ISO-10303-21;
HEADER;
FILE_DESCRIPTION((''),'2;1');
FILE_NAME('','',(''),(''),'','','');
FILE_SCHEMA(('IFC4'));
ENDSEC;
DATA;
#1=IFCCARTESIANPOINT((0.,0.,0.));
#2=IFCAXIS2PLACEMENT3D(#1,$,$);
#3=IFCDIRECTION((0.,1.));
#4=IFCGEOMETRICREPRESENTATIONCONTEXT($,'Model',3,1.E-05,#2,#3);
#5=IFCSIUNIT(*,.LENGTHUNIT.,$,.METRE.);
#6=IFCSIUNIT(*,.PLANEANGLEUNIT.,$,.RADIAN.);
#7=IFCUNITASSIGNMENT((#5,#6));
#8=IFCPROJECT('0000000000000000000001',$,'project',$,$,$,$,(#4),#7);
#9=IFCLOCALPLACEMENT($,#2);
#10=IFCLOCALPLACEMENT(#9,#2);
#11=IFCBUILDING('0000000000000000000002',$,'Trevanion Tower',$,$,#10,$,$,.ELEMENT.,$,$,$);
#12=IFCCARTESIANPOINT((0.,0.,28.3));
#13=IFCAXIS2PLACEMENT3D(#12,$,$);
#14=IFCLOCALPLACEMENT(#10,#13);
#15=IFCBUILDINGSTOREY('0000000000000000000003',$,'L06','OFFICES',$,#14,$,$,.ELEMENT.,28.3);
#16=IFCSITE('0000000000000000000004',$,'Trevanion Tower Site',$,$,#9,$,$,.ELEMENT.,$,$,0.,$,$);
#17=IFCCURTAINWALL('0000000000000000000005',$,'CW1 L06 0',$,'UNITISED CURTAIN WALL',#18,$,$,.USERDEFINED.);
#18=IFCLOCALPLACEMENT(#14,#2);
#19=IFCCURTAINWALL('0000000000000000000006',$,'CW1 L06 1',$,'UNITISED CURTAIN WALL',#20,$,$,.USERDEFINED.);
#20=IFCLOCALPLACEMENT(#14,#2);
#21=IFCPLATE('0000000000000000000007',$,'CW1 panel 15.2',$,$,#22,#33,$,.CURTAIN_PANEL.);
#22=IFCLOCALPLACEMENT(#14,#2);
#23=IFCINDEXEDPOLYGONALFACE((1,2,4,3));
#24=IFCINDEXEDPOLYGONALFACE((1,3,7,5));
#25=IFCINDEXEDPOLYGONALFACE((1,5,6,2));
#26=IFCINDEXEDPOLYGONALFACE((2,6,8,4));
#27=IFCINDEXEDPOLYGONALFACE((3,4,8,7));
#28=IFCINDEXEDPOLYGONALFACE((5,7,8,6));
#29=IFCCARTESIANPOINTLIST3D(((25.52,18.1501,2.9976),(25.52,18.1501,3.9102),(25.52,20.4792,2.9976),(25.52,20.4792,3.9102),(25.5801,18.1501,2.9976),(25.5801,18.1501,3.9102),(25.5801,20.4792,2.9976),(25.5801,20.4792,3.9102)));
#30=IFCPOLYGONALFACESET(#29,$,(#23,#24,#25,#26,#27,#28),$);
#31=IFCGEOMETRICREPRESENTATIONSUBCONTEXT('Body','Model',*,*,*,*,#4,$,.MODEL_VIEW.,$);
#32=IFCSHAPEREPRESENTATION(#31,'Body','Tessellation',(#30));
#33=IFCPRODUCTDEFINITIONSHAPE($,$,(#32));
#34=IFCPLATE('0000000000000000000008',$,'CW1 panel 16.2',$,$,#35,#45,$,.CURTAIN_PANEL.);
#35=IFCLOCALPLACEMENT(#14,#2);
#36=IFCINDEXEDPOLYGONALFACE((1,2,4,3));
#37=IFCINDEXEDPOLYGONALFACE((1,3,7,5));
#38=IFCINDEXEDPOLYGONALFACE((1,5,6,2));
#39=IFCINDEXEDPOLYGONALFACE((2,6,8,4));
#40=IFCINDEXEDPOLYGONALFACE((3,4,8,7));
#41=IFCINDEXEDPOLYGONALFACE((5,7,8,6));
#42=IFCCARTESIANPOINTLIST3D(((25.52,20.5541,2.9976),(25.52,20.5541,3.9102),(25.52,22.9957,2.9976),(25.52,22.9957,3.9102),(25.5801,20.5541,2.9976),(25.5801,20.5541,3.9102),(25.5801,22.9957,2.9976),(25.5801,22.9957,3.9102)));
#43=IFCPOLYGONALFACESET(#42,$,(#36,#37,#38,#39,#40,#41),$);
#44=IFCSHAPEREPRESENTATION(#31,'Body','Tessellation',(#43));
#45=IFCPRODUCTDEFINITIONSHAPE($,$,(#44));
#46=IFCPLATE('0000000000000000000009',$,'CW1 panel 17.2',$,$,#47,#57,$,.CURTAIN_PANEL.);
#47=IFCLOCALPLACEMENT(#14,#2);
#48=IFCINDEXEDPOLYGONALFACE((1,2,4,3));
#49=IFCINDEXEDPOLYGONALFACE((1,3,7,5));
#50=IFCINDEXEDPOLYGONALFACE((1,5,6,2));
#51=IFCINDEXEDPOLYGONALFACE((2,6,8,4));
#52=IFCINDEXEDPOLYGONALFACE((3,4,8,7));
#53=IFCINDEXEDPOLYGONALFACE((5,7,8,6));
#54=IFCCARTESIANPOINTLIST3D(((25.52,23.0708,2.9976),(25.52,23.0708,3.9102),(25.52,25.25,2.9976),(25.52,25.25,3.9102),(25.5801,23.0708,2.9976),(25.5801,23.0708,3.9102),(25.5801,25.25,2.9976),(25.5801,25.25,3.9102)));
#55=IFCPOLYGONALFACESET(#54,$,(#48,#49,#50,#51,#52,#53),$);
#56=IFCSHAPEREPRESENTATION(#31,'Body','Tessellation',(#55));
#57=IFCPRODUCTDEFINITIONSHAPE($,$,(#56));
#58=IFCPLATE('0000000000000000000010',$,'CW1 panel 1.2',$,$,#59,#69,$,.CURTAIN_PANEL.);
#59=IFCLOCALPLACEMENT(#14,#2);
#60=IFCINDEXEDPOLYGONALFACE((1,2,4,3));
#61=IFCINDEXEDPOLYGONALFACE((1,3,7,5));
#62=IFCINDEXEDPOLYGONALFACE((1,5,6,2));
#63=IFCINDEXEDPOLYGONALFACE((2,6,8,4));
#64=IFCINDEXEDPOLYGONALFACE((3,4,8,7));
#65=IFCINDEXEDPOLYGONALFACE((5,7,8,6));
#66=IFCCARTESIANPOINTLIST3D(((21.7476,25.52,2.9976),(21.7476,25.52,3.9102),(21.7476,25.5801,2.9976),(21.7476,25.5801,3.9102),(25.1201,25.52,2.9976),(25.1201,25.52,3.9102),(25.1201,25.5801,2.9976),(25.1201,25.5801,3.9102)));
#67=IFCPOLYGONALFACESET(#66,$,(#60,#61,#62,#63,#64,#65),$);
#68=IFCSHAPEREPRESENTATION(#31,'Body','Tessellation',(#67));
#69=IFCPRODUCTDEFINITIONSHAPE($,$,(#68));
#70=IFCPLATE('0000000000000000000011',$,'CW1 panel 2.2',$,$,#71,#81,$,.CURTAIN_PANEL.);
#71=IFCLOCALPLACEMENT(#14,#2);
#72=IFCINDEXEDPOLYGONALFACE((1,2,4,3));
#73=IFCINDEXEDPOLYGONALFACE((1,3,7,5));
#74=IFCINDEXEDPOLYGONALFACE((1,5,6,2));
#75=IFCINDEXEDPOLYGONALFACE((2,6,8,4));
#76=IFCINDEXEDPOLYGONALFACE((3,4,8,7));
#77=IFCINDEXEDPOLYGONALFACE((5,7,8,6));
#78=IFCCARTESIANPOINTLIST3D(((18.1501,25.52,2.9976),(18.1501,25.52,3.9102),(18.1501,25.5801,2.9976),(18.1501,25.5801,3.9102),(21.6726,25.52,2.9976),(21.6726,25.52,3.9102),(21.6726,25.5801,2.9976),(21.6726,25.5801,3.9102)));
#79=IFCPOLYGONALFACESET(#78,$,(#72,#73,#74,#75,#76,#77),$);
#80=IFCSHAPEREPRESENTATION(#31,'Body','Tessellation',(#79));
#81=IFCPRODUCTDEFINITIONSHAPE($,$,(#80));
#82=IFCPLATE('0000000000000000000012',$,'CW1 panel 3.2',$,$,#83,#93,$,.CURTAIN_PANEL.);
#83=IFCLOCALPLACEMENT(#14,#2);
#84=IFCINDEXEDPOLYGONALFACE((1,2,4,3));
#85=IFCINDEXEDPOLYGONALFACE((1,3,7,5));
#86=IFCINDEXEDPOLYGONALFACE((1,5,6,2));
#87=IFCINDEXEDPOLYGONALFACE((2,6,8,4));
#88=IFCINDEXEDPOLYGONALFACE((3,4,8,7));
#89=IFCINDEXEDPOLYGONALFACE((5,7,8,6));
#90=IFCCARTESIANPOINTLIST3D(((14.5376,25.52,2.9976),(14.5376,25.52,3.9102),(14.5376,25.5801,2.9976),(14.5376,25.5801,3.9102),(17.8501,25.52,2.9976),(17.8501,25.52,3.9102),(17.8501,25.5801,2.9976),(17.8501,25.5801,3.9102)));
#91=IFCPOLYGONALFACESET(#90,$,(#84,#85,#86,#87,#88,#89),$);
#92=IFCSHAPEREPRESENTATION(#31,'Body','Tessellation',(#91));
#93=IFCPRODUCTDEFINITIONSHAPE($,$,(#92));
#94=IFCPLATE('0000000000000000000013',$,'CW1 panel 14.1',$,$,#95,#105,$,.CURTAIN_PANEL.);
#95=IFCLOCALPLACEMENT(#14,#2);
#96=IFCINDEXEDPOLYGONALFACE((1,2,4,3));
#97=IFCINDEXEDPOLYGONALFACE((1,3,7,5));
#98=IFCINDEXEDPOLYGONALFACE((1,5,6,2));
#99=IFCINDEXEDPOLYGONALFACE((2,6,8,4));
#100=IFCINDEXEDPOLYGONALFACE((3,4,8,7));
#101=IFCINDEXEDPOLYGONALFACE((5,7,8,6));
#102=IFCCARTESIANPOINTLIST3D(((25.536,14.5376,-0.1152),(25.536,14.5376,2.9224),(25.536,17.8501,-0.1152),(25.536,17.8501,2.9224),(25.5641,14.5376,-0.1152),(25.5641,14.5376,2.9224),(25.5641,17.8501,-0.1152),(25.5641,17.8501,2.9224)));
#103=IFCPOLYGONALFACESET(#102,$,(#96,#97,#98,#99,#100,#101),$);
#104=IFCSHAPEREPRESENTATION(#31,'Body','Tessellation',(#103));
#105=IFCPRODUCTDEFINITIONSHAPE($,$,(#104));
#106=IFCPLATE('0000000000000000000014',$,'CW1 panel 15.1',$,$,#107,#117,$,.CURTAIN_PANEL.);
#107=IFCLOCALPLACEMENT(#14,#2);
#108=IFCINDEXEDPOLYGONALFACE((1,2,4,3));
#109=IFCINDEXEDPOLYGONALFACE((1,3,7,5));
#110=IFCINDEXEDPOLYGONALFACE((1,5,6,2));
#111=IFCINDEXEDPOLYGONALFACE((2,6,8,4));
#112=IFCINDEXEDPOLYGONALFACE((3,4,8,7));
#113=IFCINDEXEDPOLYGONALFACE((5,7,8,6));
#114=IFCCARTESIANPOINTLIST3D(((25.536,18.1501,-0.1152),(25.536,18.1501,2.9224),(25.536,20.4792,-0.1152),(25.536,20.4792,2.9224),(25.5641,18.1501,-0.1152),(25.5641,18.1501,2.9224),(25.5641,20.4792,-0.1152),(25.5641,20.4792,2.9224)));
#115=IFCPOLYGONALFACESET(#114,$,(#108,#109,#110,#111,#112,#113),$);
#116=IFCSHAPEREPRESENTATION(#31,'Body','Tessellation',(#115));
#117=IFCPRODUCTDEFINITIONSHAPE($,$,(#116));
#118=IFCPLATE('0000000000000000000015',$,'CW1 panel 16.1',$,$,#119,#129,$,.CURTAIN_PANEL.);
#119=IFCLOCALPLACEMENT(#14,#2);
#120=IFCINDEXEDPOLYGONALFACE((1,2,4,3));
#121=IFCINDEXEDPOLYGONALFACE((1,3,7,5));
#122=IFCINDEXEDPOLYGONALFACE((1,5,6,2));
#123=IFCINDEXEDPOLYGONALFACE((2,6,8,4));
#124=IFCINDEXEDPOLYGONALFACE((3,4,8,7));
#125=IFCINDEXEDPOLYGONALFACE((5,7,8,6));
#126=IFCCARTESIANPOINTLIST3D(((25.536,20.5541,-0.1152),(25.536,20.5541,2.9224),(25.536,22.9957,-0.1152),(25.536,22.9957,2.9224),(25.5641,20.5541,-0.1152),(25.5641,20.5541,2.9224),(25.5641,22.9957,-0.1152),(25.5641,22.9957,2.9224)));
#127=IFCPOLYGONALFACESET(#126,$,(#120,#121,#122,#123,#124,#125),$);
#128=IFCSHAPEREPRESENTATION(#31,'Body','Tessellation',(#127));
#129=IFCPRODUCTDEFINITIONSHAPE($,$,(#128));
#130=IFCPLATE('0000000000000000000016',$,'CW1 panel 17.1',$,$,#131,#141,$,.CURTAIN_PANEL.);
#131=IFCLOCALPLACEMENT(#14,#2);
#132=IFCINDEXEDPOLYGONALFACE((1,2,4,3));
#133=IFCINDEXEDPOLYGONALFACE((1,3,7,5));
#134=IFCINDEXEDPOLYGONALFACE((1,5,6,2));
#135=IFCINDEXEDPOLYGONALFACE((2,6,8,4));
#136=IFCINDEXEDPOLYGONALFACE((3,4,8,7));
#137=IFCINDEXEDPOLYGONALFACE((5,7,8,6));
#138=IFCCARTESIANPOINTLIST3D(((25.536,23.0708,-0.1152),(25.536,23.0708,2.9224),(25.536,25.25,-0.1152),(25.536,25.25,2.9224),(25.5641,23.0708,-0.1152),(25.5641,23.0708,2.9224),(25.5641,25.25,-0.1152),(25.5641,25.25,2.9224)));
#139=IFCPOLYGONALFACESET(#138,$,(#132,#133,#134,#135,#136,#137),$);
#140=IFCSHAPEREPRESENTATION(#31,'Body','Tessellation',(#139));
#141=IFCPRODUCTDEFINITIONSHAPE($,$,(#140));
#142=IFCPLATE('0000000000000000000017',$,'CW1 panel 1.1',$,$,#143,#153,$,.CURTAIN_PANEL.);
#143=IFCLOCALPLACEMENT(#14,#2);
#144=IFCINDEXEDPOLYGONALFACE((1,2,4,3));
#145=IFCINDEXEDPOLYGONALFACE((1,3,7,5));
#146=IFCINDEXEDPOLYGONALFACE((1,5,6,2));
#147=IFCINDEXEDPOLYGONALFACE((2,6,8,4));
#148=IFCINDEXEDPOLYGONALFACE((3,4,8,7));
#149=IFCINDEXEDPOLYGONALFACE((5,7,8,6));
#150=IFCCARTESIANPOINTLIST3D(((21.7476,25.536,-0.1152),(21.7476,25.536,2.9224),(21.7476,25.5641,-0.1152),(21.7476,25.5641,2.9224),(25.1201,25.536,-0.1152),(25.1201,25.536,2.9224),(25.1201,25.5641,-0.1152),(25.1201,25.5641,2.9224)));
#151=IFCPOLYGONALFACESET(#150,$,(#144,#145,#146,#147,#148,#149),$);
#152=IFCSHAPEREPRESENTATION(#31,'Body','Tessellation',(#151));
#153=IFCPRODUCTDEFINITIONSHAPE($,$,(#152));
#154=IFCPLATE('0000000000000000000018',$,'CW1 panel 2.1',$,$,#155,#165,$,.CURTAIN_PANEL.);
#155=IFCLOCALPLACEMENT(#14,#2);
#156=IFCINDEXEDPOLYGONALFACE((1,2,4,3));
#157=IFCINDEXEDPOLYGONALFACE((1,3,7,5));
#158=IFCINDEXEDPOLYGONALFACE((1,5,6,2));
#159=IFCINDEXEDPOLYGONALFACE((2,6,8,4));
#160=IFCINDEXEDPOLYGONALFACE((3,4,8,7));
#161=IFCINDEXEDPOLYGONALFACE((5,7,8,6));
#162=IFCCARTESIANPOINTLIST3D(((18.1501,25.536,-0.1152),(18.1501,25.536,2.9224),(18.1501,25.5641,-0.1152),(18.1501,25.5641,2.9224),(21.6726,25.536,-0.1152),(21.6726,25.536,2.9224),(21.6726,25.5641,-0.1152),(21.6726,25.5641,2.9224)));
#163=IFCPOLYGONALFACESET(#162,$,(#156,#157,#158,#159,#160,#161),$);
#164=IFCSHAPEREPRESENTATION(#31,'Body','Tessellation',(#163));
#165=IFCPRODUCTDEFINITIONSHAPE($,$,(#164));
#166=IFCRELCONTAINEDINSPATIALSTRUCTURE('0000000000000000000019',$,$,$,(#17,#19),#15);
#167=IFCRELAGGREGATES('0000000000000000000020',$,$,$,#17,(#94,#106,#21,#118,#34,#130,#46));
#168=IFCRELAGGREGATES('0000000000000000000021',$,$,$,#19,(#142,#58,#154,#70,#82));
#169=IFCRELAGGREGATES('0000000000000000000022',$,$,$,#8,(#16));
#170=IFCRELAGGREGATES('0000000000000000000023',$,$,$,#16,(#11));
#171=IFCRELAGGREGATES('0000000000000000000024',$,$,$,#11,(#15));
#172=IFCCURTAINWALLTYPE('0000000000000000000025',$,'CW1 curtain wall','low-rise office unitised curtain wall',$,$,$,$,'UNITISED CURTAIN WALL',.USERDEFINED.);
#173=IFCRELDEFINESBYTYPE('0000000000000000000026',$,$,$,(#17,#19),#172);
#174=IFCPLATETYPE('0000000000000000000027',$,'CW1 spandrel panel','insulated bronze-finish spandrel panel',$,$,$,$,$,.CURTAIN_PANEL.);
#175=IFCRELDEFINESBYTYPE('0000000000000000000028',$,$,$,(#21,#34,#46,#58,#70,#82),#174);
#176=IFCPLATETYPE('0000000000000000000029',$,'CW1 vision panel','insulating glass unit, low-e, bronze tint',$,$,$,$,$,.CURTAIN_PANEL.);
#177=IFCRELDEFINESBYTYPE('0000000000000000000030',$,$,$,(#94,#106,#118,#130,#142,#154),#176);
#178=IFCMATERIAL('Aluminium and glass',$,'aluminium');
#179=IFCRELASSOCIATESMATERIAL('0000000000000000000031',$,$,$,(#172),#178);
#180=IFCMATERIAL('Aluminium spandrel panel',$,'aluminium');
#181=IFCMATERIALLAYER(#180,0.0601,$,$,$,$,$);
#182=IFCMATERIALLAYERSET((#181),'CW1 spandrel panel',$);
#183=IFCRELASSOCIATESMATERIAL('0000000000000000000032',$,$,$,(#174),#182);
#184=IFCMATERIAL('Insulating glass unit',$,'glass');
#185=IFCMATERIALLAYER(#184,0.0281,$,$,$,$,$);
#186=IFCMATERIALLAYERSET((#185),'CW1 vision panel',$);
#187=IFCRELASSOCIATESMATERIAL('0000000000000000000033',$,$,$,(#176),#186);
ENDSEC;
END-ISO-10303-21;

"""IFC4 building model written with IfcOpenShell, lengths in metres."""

from ifc_helpers import new_model, si_unit, direction, frame, origin, origin_2d, place, context, subcontext, project, spatial, rectangle, extrude, material, layer, layer_set, type_object, element, aggregate, save


model = new_model("IFC4")

# Units and contexts
model_context = context("Model", 3, precision=1e-05, world=origin(), true_north=direction((0.0, 1.0)))
body_context = subcontext(model_context, "Body", "Model", "MODEL_VIEW")
ifc_project = project(units=[si_unit("LENGTHUNIT", "METRE"), si_unit("PLANEANGLEUNIT", "RADIAN")], contexts=[model_context])

# Site, building, storey
site_placement = place(None, origin())
site = spatial("IfcSite", under=ifc_project, at=site_placement, Name="Trevanion Tower Site", CompositionType="ELEMENT", RefElevation=0.0)
building_placement = place(site_placement, origin())
building = spatial("IfcBuilding", under=site, at=building_placement, Name="Trevanion Tower", CompositionType="ELEMENT")
storey_placement = place(building_placement, frame((0.0, 0.0, 28.3)))
storey = spatial("IfcBuildingStorey", under=building, at=storey_placement, Name="L06", Description="OFFICES", CompositionType="ELEMENT", Elevation=28.3)

# Curtain wall
ifc_material_1 = material(Name="Aluminium and glass", Category="aluminium")
curtain_wall_type = type_object("IfcCurtainWallType", Name="CW1 curtain wall", Description="low-rise office unitised curtain wall", ElementType="UNITISED CURTAIN WALL", PredefinedType="USERDEFINED", material=ifc_material_1)
curtain_wall_1_placement = place(storey_placement, origin())
curtain_wall_1 = element("IfcCurtainWall", 1, at=curtain_wall_1_placement, inside=storey, type_object=curtain_wall_type, Name="CW1 L06 0", ObjectType="UNITISED CURTAIN WALL", PredefinedType="USERDEFINED")

# Curtain wall
curtain_wall_2_placement = place(storey_placement, origin())
curtain_wall_2 = element("IfcCurtainWall", 2, at=curtain_wall_2_placement, inside=storey, type_object=curtain_wall_type, Name="CW1 L06 1", ObjectType="UNITISED CURTAIN WALL", PredefinedType="USERDEFINED")

# Plates
ifc_material_2 = material(Name="Aluminium spandrel panel", Category="aluminium")
ifc_layer_1 = layer(ifc_material_2, 0.0601)
ifc_layer_set_1 = layer_set([ifc_layer_1], Name="CW1 spandrel panel")
plate_type_1 = type_object("IfcPlateType", Name="CW1 spandrel panel", Description="insulated bronze-finish spandrel panel", PredefinedType="CURTAIN_PANEL", material=ifc_layer_set_1)
plate_1_placement = place(storey_placement, frame((25.55, 19.3147, 2.9976), z_axis=(0.0, 0.0, 1.0), x_axis=(0.0, 1.0, 0.0)))
plate_1 = element("IfcPlate", 3, at=plate_1_placement, type_object=plate_type_1, Name="CW1 panel 15.2", PredefinedType="CURTAIN_PANEL", context=body_context, shape_type="SweptSolid", body=[
    extrude(rectangle(XDim=2.3291, YDim=0.0601, at=origin_2d()), origin(), (0.0, 0.0, 1.0), 0.9126),
])
plate_2_placement = place(storey_placement, frame((25.55, 21.7749, 2.9976), z_axis=(0.0, 0.0, 1.0), x_axis=(0.0, 1.0, 0.0)))
plate_2 = element("IfcPlate", 4, at=plate_2_placement, type_object=plate_type_1, Name="CW1 panel 16.2", PredefinedType="CURTAIN_PANEL", context=body_context, shape_type="SweptSolid", body=[
    extrude(rectangle(XDim=2.4417, YDim=0.0601, at=origin_2d()), origin(), (0.0, 0.0, 1.0), 0.9126),
])
plate_3_placement = place(storey_placement, frame((25.55, 24.1604, 2.9976), z_axis=(0.0, 0.0, 1.0), x_axis=(0.0, 1.0, 0.0)))
plate_3 = element("IfcPlate", 5, at=plate_3_placement, type_object=plate_type_1, Name="CW1 panel 17.2", PredefinedType="CURTAIN_PANEL", context=body_context, shape_type="SweptSolid", body=[
    extrude(rectangle(XDim=2.1792, YDim=0.0601, at=origin_2d()), origin(), (0.0, 0.0, 1.0), 0.9126),
])
plate_4_placement = place(storey_placement, frame((23.4338, 25.55, 2.9976), z_axis=(0.0, 0.0, 1.0), x_axis=(-1.0, 0.0, 0.0)))
plate_4 = element("IfcPlate", 6, at=plate_4_placement, type_object=plate_type_1, Name="CW1 panel 1.2", PredefinedType="CURTAIN_PANEL", context=body_context, shape_type="SweptSolid", body=[
    extrude(rectangle(XDim=3.3726, YDim=0.0601, at=origin_2d()), origin(), (0.0, 0.0, 1.0), 0.9126),
])
plate_5_placement = place(storey_placement, frame((19.9114, 25.55, 2.9976), z_axis=(0.0, 0.0, 1.0), x_axis=(-1.0, 0.0, 0.0)))
plate_5 = element("IfcPlate", 7, at=plate_5_placement, type_object=plate_type_1, Name="CW1 panel 2.2", PredefinedType="CURTAIN_PANEL", context=body_context, shape_type="SweptSolid", body=[
    extrude(rectangle(XDim=3.5225, YDim=0.0601, at=origin_2d()), origin(), (0.0, 0.0, 1.0), 0.9126),
])
plate_6_placement = place(storey_placement, frame((16.1938, 25.55, 2.9976), z_axis=(0.0, 0.0, 1.0), x_axis=(-1.0, 0.0, 0.0)))
plate_6 = element("IfcPlate", 8, at=plate_6_placement, type_object=plate_type_1, Name="CW1 panel 3.2", PredefinedType="CURTAIN_PANEL", context=body_context, shape_type="SweptSolid", body=[
    extrude(rectangle(XDim=3.3125, YDim=0.0601, at=origin_2d()), origin(), (0.0, 0.0, 1.0), 0.9126),
])
ifc_material_3 = material(Name="Insulating glass unit", Category="glass")
ifc_layer_2 = layer(ifc_material_3, 0.0281)
ifc_layer_set_2 = layer_set([ifc_layer_2], Name="CW1 vision panel")
plate_type_2 = type_object("IfcPlateType", Name="CW1 vision panel", Description="insulating glass unit, low-e, bronze tint", PredefinedType="CURTAIN_PANEL", material=ifc_layer_set_2)
plate_7_placement = place(storey_placement, frame((25.55, 16.1938, -0.1152), z_axis=(0.0, 0.0, 1.0), x_axis=(0.0, 1.0, 0.0)))
plate_7 = element("IfcPlate", 9, at=plate_7_placement, type_object=plate_type_2, Name="CW1 panel 14.1", PredefinedType="CURTAIN_PANEL", context=body_context, shape_type="SweptSolid", body=[
    extrude(rectangle(XDim=3.3125, YDim=0.0281, at=origin_2d()), origin(), (0.0, 0.0, 1.0), 3.0376),
])
plate_8_placement = place(storey_placement, frame((25.55, 19.3147, -0.1152), z_axis=(0.0, 0.0, 1.0), x_axis=(0.0, 1.0, 0.0)))
plate_8 = element("IfcPlate", 10, at=plate_8_placement, type_object=plate_type_2, Name="CW1 panel 15.1", PredefinedType="CURTAIN_PANEL", context=body_context, shape_type="SweptSolid", body=[
    extrude(rectangle(XDim=2.3291, YDim=0.0281, at=origin_2d()), origin(), (0.0, 0.0, 1.0), 3.0376),
])
plate_9_placement = place(storey_placement, frame((25.55, 21.7749, -0.1152), z_axis=(0.0, 0.0, 1.0), x_axis=(0.0, 1.0, 0.0)))
plate_9 = element("IfcPlate", 11, at=plate_9_placement, type_object=plate_type_2, Name="CW1 panel 16.1", PredefinedType="CURTAIN_PANEL", context=body_context, shape_type="SweptSolid", body=[
    extrude(rectangle(XDim=2.4417, YDim=0.0281, at=origin_2d()), origin(), (0.0, 0.0, 1.0), 3.0376),
])
plate_10_placement = place(storey_placement, frame((25.55, 24.1604, -0.1152), z_axis=(0.0, 0.0, 1.0), x_axis=(0.0, 1.0, 0.0)))
plate_10 = element("IfcPlate", 12, at=plate_10_placement, type_object=plate_type_2, Name="CW1 panel 17.1", PredefinedType="CURTAIN_PANEL", context=body_context, shape_type="SweptSolid", body=[
    extrude(rectangle(XDim=2.1792, YDim=0.0281, at=origin_2d()), origin(), (0.0, 0.0, 1.0), 3.0376),
])
aggregate(curtain_wall_1, [plate_7, plate_8, plate_1, plate_9, plate_2, plate_10, plate_3])
plate_11_placement = place(storey_placement, frame((23.4338, 25.55, -0.1152), z_axis=(0.0, 0.0, 1.0), x_axis=(-1.0, 0.0, 0.0)))
plate_11 = element("IfcPlate", 13, at=plate_11_placement, type_object=plate_type_2, Name="CW1 panel 1.1", PredefinedType="CURTAIN_PANEL", context=body_context, shape_type="SweptSolid", body=[
    extrude(rectangle(XDim=3.3726, YDim=0.0281, at=origin_2d()), origin(), (0.0, 0.0, 1.0), 3.0376),
])
plate_12_placement = place(storey_placement, frame((19.9114, 25.55, -0.1152), z_axis=(0.0, 0.0, 1.0), x_axis=(-1.0, 0.0, 0.0)))
plate_12 = element("IfcPlate", 14, at=plate_12_placement, type_object=plate_type_2, Name="CW1 panel 2.1", PredefinedType="CURTAIN_PANEL", context=body_context, shape_type="SweptSolid", body=[
    extrude(rectangle(XDim=3.5225, YDim=0.0281, at=origin_2d()), origin(), (0.0, 0.0, 1.0), 3.0376),
])
aggregate(curtain_wall_2, [plate_11, plate_4, plate_12, plate_5, plate_6])

save(model, "model.ifc")
